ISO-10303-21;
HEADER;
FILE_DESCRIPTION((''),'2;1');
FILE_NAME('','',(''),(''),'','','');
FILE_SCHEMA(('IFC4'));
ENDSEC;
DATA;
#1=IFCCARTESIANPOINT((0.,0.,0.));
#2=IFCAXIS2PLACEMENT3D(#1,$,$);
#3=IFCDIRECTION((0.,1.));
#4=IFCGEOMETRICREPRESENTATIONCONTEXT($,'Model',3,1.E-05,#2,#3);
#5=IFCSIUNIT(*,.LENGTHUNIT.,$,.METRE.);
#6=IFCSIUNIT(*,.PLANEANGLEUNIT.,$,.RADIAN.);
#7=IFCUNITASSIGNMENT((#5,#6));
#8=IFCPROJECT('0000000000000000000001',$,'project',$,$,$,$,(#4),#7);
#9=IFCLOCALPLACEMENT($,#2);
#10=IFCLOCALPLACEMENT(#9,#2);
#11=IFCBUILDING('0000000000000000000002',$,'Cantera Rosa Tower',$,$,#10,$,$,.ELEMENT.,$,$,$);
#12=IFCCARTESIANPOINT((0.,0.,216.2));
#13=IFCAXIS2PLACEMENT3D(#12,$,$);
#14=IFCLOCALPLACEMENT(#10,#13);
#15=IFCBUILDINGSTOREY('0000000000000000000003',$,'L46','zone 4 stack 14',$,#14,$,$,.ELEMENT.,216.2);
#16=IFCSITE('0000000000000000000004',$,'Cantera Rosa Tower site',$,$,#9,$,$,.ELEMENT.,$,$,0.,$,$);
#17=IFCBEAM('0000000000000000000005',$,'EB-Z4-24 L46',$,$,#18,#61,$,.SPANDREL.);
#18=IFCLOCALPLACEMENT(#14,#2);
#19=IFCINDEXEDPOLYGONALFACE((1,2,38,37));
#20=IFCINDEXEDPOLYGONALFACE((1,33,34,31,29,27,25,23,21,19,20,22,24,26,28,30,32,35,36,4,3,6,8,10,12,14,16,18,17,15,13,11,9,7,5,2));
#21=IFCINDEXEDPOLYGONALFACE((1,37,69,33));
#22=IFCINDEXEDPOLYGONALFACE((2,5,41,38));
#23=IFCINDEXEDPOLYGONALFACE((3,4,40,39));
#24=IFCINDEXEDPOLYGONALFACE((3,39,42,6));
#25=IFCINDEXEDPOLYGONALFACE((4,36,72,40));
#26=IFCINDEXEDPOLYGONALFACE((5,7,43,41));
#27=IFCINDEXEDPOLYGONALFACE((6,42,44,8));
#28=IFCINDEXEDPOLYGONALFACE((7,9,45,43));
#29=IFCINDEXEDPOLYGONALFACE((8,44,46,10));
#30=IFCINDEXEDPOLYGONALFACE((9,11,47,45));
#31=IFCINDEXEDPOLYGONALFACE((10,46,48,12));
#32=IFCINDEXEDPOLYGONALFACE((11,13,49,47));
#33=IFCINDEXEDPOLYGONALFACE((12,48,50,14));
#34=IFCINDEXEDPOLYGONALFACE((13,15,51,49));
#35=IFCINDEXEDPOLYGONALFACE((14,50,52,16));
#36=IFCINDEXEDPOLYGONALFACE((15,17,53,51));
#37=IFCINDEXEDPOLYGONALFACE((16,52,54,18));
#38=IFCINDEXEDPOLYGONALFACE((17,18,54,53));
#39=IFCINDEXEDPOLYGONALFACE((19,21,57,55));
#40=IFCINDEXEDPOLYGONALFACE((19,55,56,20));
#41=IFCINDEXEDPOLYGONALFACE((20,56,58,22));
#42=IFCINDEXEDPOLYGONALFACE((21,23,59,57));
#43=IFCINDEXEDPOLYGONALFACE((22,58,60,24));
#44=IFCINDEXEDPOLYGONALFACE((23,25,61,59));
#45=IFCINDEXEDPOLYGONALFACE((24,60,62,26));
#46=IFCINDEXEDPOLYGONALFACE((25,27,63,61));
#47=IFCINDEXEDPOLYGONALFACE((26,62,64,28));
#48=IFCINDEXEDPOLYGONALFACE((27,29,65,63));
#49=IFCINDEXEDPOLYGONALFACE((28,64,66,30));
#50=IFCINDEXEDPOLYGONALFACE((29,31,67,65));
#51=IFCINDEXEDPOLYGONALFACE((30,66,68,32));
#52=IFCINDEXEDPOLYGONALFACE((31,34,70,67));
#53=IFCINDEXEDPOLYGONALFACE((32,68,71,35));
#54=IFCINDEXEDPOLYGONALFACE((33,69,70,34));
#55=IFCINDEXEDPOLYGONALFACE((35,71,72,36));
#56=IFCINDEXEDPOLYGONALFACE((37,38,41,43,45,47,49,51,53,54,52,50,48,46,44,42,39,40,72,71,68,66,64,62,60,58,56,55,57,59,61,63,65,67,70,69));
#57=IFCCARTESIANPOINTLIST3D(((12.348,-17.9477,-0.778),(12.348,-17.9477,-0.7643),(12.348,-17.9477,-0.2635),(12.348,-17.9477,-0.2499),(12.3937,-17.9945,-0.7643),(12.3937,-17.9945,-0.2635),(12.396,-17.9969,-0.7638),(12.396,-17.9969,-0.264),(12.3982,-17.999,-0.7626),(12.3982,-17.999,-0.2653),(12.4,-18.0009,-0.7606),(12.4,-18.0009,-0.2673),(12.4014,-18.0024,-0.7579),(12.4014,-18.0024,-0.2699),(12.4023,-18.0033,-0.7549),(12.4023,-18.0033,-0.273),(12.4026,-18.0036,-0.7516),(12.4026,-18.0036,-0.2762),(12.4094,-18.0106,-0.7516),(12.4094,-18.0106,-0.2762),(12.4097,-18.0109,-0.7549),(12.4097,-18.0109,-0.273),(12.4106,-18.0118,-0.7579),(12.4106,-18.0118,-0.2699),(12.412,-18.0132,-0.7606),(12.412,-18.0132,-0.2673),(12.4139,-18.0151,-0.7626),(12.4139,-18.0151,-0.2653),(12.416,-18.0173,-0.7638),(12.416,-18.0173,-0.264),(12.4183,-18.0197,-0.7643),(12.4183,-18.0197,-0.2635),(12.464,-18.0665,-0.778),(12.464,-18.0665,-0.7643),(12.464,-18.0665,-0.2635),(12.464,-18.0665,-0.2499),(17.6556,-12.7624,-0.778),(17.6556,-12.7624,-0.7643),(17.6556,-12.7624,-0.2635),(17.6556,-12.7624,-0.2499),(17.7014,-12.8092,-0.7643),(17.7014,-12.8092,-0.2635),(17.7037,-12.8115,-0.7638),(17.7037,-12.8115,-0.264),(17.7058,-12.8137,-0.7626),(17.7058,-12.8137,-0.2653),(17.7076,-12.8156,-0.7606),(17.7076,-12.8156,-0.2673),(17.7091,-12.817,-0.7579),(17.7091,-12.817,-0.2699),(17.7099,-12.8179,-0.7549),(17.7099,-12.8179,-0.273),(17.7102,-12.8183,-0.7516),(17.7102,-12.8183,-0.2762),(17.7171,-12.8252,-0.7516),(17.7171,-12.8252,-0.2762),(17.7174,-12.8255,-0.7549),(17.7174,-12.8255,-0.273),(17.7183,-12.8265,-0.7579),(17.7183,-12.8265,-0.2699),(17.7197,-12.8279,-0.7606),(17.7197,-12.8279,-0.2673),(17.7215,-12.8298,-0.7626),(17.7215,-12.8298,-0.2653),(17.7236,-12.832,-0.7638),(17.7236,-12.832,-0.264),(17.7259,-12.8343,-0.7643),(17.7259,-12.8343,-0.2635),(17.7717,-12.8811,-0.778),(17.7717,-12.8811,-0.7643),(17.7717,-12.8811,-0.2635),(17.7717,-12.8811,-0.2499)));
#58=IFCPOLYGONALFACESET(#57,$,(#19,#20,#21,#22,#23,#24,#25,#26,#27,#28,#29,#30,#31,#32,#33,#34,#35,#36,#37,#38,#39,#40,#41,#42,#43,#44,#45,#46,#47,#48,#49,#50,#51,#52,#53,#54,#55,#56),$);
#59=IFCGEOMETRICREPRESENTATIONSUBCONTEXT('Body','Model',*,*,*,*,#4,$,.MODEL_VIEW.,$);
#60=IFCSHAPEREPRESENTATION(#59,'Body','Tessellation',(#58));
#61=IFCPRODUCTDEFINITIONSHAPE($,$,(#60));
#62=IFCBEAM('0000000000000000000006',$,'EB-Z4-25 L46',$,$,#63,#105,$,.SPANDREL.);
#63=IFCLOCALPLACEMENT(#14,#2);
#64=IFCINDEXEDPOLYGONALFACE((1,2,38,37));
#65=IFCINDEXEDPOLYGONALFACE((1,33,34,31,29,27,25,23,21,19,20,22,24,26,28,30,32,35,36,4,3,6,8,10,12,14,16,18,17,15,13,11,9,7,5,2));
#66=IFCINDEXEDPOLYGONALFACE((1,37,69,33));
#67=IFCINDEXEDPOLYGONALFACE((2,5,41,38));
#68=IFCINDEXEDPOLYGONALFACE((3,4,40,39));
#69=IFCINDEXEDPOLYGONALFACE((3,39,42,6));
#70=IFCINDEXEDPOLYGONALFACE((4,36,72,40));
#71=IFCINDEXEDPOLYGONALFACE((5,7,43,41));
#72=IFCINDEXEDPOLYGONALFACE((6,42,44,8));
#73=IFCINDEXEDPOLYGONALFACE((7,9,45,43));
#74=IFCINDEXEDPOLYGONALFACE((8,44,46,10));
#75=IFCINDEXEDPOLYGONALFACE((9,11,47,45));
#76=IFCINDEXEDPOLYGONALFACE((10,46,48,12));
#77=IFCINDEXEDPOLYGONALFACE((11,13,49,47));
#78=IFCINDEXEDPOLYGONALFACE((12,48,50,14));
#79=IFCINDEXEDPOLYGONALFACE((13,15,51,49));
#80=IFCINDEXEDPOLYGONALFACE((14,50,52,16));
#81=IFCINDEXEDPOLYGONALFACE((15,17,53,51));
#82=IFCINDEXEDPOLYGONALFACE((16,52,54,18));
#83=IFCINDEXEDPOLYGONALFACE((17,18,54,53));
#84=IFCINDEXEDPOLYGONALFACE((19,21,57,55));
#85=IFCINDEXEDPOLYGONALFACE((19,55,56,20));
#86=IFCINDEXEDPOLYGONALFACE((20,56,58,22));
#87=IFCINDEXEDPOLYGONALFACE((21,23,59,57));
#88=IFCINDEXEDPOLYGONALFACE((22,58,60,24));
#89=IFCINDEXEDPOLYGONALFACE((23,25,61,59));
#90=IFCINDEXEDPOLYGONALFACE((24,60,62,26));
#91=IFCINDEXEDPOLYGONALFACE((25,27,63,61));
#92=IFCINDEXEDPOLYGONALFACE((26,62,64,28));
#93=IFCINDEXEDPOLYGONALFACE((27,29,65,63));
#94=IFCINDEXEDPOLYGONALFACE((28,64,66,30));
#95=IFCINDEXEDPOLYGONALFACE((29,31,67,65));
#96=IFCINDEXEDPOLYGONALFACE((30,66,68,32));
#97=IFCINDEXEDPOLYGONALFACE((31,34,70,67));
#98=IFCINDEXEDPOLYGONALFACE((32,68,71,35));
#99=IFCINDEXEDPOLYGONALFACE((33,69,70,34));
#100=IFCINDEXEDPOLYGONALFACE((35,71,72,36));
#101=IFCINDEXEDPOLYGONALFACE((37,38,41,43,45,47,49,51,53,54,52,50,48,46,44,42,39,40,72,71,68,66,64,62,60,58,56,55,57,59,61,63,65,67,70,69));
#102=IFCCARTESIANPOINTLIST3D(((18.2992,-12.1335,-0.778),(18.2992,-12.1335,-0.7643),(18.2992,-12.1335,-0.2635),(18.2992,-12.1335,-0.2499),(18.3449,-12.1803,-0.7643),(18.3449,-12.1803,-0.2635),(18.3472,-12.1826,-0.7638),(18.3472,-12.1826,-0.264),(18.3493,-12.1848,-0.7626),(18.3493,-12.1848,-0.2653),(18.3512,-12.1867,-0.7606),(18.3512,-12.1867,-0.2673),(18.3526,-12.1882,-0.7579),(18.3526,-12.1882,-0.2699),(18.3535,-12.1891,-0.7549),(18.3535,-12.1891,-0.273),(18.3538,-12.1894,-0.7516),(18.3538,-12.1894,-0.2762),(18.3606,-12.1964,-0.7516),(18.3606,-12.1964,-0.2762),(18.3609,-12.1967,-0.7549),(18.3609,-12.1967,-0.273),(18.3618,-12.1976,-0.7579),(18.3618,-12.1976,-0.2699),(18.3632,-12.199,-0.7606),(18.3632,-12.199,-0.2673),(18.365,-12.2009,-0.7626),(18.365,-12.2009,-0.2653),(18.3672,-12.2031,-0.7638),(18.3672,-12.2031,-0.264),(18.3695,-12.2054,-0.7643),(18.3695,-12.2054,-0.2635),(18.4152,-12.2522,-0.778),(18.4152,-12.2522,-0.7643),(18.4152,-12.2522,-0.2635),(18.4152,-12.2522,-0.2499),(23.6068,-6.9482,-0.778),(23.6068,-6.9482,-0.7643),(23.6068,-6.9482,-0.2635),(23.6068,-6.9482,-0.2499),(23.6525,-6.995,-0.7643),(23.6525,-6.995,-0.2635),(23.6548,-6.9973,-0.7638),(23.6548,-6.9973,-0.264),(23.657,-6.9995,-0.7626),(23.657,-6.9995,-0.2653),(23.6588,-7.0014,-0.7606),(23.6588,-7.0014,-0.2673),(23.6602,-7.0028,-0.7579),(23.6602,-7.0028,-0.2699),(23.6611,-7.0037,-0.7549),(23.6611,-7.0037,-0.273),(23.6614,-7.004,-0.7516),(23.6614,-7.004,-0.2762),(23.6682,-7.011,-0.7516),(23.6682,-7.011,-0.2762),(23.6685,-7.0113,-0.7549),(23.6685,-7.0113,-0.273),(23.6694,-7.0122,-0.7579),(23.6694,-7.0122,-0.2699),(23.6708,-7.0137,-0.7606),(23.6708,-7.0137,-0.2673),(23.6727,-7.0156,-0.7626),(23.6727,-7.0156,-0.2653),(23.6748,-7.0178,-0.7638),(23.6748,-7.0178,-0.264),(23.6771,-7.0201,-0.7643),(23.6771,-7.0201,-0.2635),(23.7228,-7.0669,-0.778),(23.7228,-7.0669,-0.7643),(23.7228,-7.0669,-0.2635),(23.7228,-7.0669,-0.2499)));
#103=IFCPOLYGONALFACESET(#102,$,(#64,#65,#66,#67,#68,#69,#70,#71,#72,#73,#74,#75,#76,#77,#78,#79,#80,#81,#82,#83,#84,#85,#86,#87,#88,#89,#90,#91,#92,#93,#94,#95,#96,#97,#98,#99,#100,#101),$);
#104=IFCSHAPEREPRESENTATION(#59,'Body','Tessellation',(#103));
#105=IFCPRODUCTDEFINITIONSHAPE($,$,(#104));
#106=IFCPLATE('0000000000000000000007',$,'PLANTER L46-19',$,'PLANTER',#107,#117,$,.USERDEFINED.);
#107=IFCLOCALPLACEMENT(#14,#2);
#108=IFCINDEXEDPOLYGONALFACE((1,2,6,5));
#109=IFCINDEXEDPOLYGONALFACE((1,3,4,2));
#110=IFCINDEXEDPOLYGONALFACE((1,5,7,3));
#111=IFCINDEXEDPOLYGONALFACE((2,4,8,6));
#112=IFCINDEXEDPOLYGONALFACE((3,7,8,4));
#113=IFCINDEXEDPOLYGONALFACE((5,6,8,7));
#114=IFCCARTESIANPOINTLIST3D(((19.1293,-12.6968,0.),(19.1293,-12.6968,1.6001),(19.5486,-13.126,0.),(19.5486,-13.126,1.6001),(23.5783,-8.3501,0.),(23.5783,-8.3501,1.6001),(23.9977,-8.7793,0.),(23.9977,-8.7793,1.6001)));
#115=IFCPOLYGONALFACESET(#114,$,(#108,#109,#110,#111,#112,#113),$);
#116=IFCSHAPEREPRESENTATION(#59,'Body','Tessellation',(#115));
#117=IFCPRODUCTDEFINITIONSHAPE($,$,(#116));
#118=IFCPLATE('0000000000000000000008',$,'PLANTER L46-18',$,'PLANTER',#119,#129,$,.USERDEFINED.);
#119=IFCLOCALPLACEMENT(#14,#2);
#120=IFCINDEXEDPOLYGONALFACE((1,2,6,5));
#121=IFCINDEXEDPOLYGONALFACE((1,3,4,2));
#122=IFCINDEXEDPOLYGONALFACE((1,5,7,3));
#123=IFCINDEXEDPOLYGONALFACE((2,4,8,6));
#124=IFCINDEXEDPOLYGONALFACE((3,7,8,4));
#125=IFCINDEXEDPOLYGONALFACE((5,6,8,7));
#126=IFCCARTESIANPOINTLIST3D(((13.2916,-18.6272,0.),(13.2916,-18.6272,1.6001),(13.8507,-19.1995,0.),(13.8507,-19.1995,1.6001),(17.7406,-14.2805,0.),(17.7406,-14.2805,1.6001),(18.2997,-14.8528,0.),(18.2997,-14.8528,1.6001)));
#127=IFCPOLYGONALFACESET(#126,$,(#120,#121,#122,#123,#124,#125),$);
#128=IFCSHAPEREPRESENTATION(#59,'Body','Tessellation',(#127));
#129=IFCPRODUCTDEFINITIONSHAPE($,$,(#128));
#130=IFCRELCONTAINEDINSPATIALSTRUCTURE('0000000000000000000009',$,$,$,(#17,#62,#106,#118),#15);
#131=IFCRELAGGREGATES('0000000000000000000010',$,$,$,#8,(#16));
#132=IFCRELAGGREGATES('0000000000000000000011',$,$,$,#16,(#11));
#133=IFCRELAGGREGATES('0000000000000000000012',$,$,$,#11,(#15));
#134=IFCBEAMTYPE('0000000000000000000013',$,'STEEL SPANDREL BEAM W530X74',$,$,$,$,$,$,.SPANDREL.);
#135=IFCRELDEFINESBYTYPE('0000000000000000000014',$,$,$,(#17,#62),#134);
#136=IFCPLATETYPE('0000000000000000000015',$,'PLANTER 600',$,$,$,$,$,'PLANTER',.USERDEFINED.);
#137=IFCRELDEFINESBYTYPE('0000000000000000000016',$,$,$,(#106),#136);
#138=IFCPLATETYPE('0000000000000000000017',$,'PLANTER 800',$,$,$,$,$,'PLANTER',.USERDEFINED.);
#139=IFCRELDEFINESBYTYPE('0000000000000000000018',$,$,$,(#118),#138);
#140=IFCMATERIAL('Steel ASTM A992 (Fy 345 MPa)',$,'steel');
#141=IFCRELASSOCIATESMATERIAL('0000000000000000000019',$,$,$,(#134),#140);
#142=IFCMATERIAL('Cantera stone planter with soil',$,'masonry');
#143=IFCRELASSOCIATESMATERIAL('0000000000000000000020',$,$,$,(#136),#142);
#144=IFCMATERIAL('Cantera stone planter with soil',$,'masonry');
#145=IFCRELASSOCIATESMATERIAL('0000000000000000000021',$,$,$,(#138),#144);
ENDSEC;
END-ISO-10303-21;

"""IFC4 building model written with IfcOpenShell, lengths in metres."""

from ifc_helpers import new_model, si_unit, direction, frame, origin, origin_2d, place, context, subcontext, project, spatial, rectangle, i_section, extrude, material, material_profile, profile_set, type_object, element, save


model = new_model("IFC4")

# Units and contexts
model_context = context("Model", 3, precision=1e-05, world=origin(), true_north=direction((0.0, 1.0)))
body_context = subcontext(model_context, "Body", "Model", "MODEL_VIEW")
ifc_project = project(units=[si_unit("LENGTHUNIT", "METRE"), si_unit("PLANEANGLEUNIT", "RADIAN")], contexts=[model_context])

# Site, building, storey
site_placement = place(None, origin())
site = spatial("IfcSite", under=ifc_project, at=site_placement, Name="Cantera Rosa Tower site", CompositionType="ELEMENT", RefElevation=0.0)
building_placement = place(site_placement, origin())
building = spatial("IfcBuilding", under=site, at=building_placement, Name="Cantera Rosa Tower", CompositionType="ELEMENT")
storey_placement = place(building_placement, frame((0.0, 0.0, 216.2)))
storey = spatial("IfcBuildingStorey", under=building, at=storey_placement, Name="L46", Description="zone 4 stack 14", CompositionType="ELEMENT", Elevation=216.2)

# Beams
ifc_material_1 = material(Name="Steel ASTM A992 (Fy 345 MPa)", Category="steel")
ifc_material_profile_1 = material_profile(ifc_material_1, i_section(OverallWidth=0.166, OverallDepth=0.5281, WebThickness=0.0098, FlangeThickness=0.0137, FilletRadius=0.0127, at=origin_2d()), Name="W530X74")
ifc_profile_set_1 = profile_set([ifc_material_profile_1], Name="Steel ASTM A992 (Fy 345 MPa)")
beam_type_1 = type_object("IfcBeamType", Name="STEEL SPANDREL BEAM W530X74", PredefinedType="SPANDREL", material=ifc_profile_set_1)
for number, where, z_axis, x_axis, name in (
    (1, (12.406, -18.0071, -0.5139), (0.715301, 0.698817, 0.0), (-0.698817, 0.715301, 0.0), "EB-Z4-24 L46"),
    (2, (18.3572, -12.1929, -0.5139), (0.715301, 0.698817, 0.0), (-0.698817, 0.715301, 0.0), "EB-Z4-25 L46"),
):
    element("IfcBeam", number, at=place(storey_placement, frame(where, z_axis=z_axis, x_axis=x_axis)), inside=storey, type_object=beam_type_1, Name=name, PredefinedType="SPANDREL", context=body_context, shape_type="SweptSolid", body=[
        extrude(i_section(OverallWidth=0.166, OverallDepth=0.5281, WebThickness=0.0098, FlangeThickness=0.0137, FilletRadius=0.0127, at=origin_2d()), origin(), (0.0, 0.0, 1.0), 7.4202),
    ])

# Plates
ifc_material_2 = material(Name="Cantera stone planter with soil", Category="masonry")
plate_type_1 = type_object("IfcPlateType", Name="PLANTER 600", ElementType="PLANTER", PredefinedType="USERDEFINED", material=ifc_material_2)
plate_1_placement = place(storey_placement, frame((21.5635, -10.738, 0.0), z_axis=(0.0, 0.0, 1.0), x_axis=(0.715286, 0.698832, 0.0)))
element("IfcPlate", 3, at=plate_1_placement, inside=storey, type_object=plate_type_1, Name="PLANTER L46-19", ObjectType="PLANTER", PredefinedType="USERDEFINED", context=body_context, shape_type="SweptSolid", body=[
    extrude(rectangle(XDim=6.22, YDim=0.6001, at=origin_2d()), origin(), (0.0, 0.0, 1.0), 1.6001),
])
ifc_material_3 = material(Name="Cantera stone planter with soil", Category="masonry")
plate_type_2 = type_object("IfcPlateType", Name="PLANTER 800", ElementType="PLANTER", PredefinedType="USERDEFINED", material=ifc_material_3)
plate_2_placement = place(storey_placement, frame((15.7957, -16.74, 0.0), z_axis=(0.0, 0.0, 1.0), x_axis=(0.715286, 0.698832, 0.0)))
element("IfcPlate", 4, at=plate_2_placement, inside=storey, type_object=plate_type_2, Name="PLANTER L46-18", ObjectType="PLANTER", PredefinedType="USERDEFINED", context=body_context, shape_type="SweptSolid", body=[
    extrude(rectangle(XDim=6.22, YDim=0.8, at=origin_2d()), origin(), (0.0, 0.0, 1.0), 1.6001),
])

save(model, "model.ifc")
